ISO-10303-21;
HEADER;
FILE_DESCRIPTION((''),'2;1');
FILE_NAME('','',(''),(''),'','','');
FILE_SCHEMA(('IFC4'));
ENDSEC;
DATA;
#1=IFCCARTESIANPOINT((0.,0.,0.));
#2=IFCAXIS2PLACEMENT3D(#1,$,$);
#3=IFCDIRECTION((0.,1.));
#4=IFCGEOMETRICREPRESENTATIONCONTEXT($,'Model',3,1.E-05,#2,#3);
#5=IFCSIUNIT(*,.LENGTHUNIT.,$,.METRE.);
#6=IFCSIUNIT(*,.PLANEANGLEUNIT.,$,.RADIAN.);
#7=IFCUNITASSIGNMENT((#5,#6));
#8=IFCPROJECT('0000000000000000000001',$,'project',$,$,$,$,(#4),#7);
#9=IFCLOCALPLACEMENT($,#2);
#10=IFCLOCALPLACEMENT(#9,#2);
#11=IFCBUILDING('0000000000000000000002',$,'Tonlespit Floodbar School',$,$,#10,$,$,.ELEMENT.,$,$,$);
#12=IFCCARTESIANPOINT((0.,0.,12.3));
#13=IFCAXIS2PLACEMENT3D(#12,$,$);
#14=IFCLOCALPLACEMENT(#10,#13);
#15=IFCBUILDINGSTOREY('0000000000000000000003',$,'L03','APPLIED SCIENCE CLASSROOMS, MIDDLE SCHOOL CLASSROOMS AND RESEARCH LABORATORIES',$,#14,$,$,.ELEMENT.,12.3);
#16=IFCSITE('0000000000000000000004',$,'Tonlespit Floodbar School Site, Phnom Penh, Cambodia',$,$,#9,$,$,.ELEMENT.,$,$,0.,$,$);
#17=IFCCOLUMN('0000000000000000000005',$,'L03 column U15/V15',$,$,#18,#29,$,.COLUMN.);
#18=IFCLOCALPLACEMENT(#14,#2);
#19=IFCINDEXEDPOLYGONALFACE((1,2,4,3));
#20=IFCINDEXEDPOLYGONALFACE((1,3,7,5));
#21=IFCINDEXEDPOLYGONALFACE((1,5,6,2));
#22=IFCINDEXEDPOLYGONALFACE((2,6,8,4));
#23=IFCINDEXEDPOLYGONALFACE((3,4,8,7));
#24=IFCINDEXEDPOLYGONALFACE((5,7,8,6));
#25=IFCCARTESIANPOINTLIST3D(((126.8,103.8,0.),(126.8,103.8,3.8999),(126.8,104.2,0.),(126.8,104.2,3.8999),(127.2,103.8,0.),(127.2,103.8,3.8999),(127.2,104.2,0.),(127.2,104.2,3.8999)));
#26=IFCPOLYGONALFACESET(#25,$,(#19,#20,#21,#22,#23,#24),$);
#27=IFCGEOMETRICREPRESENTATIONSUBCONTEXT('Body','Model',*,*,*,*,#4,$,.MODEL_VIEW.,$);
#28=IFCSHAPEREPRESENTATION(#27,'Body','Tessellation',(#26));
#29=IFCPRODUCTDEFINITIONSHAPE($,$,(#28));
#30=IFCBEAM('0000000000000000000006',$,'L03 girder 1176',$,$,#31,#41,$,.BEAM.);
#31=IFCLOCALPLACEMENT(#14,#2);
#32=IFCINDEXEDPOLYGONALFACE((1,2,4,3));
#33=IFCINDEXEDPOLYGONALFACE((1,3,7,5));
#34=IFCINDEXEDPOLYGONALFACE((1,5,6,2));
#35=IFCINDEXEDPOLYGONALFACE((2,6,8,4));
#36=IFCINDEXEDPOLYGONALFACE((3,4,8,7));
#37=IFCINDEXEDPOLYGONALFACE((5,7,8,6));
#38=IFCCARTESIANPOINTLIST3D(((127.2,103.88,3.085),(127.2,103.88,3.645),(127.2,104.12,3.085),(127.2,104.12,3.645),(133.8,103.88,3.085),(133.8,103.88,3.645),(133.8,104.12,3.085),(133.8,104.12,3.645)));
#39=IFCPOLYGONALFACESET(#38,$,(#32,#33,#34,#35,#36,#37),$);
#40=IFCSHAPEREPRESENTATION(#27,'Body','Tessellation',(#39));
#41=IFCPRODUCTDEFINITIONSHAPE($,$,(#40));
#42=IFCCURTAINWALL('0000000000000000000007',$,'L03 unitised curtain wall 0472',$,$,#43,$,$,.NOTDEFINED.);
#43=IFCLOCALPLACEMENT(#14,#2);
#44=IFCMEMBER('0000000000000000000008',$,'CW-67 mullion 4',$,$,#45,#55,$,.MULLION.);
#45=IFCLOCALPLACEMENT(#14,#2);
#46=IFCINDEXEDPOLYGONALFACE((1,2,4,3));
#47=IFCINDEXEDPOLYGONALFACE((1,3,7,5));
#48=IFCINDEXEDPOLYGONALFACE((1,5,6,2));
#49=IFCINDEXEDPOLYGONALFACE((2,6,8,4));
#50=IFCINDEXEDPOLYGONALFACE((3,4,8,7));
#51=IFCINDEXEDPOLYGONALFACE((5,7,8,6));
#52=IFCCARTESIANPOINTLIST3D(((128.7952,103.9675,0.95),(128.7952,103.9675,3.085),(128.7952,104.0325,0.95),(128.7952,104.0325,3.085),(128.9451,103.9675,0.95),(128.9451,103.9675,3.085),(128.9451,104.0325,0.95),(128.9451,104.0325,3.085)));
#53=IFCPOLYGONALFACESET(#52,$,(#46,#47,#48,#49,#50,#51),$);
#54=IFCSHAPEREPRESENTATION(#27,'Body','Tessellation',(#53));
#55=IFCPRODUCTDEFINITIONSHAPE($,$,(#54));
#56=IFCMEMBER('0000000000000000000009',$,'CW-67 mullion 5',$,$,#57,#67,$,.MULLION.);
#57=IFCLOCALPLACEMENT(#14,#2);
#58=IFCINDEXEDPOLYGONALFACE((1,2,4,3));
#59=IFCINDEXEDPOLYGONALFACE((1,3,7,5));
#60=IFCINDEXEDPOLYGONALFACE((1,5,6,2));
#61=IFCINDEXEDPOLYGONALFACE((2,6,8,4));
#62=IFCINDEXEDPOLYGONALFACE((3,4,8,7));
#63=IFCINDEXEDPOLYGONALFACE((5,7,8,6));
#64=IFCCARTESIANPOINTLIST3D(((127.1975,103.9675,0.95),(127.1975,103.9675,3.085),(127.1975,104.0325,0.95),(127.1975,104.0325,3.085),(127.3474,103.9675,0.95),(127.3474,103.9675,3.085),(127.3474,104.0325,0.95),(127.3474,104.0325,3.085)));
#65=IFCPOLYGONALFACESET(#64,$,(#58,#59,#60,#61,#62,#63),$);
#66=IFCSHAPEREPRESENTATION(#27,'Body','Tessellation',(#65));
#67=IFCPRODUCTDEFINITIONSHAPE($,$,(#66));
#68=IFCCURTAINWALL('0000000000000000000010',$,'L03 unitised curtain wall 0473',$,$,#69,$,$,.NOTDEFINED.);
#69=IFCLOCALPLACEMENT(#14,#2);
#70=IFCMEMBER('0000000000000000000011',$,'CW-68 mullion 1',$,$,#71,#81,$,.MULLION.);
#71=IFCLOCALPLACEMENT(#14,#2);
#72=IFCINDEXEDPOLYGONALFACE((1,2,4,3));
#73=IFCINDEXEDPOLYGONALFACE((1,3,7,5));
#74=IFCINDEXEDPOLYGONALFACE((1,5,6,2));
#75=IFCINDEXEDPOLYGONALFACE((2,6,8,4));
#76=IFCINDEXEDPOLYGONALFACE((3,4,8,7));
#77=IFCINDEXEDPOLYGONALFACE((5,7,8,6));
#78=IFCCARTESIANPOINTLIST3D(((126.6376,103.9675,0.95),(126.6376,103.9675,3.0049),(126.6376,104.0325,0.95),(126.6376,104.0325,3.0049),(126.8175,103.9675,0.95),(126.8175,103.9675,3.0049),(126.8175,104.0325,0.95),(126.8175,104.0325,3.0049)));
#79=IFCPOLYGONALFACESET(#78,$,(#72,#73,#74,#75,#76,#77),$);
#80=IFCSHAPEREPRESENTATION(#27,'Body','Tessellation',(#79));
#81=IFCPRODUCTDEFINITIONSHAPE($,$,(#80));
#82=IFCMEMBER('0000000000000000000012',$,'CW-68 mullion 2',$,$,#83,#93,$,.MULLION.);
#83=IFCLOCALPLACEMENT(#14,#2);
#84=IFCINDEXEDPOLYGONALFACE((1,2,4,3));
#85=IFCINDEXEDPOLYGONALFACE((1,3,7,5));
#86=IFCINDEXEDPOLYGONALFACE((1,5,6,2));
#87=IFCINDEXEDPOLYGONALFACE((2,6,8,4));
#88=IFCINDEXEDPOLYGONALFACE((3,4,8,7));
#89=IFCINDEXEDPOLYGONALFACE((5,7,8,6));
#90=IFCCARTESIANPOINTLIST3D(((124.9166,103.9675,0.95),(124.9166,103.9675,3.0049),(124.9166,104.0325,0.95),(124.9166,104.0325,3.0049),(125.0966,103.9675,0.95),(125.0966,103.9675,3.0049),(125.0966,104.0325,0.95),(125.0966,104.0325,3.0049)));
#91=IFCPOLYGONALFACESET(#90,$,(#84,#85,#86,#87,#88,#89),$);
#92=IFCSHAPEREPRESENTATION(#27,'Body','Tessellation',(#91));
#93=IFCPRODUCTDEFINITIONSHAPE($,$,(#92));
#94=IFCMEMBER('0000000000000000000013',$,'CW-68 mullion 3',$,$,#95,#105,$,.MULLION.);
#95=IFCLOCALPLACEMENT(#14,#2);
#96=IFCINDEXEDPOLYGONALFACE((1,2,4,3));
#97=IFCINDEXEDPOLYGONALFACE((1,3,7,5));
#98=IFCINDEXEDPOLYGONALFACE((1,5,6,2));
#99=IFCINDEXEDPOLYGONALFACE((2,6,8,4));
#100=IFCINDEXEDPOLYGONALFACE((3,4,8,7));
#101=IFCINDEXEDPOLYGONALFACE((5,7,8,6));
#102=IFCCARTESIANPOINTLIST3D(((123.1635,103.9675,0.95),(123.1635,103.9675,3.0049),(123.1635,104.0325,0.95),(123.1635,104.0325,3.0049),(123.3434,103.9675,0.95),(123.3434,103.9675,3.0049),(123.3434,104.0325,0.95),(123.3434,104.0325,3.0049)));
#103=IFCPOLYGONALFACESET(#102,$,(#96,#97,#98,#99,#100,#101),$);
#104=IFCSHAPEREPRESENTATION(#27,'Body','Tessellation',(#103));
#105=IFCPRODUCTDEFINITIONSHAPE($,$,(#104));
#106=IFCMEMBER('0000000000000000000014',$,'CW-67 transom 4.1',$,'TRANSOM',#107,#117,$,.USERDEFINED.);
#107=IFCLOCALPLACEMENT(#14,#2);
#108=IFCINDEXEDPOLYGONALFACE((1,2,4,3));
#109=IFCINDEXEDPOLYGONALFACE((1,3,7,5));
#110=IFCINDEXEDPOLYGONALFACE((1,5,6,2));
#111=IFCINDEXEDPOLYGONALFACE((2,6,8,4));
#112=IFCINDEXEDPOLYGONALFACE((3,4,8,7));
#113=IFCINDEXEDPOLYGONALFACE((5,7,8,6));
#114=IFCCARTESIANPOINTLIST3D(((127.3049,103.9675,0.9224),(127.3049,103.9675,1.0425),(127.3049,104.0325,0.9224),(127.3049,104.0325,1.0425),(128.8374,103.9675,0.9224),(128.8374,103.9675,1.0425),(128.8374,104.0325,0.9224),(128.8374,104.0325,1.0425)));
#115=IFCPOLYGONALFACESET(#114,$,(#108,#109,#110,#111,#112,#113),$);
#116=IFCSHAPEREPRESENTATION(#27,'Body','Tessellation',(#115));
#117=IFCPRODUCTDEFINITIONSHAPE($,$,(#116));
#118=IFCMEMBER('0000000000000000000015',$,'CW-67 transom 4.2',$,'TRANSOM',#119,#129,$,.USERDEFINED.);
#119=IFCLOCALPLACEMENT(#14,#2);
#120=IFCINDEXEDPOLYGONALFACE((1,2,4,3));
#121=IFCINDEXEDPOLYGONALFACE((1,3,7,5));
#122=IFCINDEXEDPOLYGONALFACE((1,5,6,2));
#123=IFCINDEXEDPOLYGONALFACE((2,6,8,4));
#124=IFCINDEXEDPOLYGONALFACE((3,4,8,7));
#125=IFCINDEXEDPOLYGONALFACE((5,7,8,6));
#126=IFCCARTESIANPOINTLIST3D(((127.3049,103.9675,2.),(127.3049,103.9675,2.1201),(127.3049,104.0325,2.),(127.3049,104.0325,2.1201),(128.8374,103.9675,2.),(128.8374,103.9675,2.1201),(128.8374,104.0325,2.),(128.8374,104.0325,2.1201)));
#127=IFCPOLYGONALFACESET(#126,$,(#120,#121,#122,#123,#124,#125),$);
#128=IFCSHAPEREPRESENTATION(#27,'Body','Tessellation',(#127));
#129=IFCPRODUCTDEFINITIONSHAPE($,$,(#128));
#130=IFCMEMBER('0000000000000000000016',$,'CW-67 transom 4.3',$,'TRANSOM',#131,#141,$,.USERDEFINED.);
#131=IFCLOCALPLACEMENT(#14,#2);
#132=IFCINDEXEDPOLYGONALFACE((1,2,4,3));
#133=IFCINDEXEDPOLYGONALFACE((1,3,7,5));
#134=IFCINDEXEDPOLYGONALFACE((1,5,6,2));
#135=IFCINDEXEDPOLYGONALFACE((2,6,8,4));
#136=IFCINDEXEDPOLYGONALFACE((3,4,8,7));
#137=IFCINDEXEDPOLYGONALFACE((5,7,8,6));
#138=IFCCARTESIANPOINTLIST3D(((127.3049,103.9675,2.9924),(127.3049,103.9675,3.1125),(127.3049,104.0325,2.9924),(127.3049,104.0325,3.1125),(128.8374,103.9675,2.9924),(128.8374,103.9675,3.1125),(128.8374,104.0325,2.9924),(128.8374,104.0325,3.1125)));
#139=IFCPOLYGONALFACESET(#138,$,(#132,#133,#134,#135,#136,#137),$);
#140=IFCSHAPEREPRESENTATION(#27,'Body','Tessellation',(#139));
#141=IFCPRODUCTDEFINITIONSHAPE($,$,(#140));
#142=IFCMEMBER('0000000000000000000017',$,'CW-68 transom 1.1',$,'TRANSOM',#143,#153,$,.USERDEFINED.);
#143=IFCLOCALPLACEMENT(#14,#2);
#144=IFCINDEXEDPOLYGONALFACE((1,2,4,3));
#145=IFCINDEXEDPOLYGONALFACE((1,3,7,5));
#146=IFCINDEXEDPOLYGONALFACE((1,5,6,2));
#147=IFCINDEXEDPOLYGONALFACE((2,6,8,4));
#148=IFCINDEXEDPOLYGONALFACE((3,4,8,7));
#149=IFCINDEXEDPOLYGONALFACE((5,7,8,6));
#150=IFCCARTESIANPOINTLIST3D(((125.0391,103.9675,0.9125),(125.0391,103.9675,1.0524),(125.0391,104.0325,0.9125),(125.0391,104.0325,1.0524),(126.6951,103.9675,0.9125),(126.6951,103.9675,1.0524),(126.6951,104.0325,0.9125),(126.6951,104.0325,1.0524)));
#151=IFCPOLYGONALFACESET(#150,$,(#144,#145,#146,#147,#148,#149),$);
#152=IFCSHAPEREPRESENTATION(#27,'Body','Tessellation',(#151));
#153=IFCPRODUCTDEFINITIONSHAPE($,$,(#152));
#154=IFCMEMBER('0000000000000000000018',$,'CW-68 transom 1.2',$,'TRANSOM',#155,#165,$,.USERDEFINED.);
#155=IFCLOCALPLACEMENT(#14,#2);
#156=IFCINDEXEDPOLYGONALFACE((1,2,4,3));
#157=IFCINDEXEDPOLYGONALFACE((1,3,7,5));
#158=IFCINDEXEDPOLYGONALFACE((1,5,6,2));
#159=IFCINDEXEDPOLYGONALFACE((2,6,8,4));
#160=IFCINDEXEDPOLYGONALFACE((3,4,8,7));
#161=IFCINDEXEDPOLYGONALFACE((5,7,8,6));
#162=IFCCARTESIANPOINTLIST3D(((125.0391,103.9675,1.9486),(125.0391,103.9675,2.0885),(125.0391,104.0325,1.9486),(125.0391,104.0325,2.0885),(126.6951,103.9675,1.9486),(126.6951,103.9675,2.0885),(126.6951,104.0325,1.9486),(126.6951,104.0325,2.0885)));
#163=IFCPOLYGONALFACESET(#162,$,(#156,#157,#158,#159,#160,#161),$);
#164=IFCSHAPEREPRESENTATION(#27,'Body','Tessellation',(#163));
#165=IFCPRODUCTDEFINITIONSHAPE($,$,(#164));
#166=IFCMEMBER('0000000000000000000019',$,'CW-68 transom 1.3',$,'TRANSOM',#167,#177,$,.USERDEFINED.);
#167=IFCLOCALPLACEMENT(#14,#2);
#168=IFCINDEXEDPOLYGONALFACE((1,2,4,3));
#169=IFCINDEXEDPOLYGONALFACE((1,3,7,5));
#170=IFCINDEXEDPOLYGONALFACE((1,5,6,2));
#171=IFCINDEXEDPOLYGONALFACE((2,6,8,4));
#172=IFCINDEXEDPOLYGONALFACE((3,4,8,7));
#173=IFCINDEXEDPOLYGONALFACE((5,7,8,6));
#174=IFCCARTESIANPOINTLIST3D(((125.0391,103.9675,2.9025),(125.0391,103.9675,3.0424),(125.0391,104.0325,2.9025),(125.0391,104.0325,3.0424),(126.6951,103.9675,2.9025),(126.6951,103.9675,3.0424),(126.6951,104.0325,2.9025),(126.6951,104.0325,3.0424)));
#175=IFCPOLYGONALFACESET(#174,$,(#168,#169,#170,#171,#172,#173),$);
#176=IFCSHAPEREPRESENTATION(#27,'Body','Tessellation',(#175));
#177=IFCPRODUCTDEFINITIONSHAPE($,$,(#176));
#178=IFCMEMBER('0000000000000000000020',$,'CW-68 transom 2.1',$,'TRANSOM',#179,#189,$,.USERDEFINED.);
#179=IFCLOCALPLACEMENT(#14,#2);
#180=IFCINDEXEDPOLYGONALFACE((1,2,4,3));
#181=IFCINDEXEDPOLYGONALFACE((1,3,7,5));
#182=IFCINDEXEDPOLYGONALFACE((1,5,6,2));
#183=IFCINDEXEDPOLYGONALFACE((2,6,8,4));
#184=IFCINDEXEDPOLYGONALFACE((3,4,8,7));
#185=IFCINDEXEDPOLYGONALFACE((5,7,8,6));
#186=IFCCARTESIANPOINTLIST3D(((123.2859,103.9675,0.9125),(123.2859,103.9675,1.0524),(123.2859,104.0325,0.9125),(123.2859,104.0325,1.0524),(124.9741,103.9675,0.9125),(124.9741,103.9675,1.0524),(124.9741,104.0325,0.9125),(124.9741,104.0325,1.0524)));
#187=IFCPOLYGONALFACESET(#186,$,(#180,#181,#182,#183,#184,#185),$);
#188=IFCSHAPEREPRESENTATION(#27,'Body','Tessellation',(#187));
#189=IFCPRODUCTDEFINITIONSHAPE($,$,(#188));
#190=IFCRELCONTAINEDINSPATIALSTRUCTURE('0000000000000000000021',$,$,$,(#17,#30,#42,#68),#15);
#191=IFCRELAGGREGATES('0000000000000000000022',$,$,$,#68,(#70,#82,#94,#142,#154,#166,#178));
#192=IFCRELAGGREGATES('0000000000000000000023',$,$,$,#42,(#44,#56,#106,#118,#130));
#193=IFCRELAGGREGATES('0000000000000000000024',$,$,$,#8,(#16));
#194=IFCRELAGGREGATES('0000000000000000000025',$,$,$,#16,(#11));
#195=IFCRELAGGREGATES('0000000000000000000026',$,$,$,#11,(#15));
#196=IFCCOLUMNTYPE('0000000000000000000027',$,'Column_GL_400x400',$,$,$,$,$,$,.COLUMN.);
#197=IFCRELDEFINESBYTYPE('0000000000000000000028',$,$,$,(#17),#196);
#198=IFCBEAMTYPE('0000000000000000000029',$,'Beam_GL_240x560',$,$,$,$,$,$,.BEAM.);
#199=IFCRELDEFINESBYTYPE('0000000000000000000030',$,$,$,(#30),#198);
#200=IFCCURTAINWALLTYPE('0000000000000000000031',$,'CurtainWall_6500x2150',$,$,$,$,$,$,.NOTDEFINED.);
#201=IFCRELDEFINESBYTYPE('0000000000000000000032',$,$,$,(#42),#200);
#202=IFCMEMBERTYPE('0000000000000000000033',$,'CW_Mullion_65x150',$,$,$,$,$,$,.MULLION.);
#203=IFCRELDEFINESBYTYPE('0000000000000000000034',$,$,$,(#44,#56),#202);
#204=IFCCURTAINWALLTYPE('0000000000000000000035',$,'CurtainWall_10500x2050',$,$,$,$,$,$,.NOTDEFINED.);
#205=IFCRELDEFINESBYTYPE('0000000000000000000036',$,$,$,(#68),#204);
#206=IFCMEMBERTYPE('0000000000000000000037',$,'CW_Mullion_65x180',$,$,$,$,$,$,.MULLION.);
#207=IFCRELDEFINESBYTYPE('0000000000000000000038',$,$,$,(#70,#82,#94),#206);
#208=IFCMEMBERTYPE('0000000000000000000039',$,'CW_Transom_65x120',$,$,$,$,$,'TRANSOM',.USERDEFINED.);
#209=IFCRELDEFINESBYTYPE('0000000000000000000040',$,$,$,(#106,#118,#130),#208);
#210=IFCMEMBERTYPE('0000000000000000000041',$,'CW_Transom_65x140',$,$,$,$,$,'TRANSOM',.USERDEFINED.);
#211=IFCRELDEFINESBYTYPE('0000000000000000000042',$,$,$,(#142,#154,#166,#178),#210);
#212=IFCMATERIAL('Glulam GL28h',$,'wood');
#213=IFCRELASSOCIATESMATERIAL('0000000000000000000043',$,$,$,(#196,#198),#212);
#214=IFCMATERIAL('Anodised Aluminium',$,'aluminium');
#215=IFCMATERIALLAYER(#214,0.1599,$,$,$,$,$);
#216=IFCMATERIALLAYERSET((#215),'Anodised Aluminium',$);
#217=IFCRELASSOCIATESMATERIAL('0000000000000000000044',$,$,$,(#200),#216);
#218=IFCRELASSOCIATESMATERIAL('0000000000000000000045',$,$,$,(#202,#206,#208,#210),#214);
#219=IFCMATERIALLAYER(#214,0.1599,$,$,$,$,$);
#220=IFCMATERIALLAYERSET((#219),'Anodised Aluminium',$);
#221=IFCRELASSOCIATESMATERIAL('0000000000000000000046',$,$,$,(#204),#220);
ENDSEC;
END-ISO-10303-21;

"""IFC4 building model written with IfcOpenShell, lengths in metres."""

from ifc_helpers import new_model, si_unit, direction, frame, origin, origin_2d, place, context, subcontext, project, spatial, rectangle, extrude, material, layer, layer_set, material_profile, profile_set, type_object, element, aggregate, save


model = new_model("IFC4")

# Units and contexts
model_context = context("Model", 3, precision=1e-05, world=origin(), true_north=direction((0.0, 1.0)))
body_context = subcontext(model_context, "Body", "Model", "MODEL_VIEW")
ifc_project = project(units=[si_unit("LENGTHUNIT", "METRE"), si_unit("PLANEANGLEUNIT", "RADIAN")], contexts=[model_context])

# Site, building, storey
site_placement = place(None, origin())
site = spatial("IfcSite", under=ifc_project, at=site_placement, Name="Tonlespit Floodbar School Site, Phnom Penh, Cambodia", CompositionType="ELEMENT", RefElevation=0.0)
building_placement = place(site_placement, origin())
building = spatial("IfcBuilding", under=site, at=building_placement, Name="Tonlespit Floodbar School", CompositionType="ELEMENT")
storey_placement = place(building_placement, frame((0.0, 0.0, 12.3)))
storey = spatial("IfcBuildingStorey", under=building, at=storey_placement, Name="L03", Description="APPLIED SCIENCE CLASSROOMS, MIDDLE SCHOOL CLASSROOMS AND RESEARCH LABORATORIES", CompositionType="ELEMENT", Elevation=12.3)

# Column
ifc_material_1 = material(Name="Glulam GL28h", Category="wood")
ifc_material_profile_1 = material_profile(ifc_material_1, rectangle(XDim=0.3999, YDim=0.3999, at=origin_2d()), Name="GL 400x400")
ifc_profile_set_1 = profile_set([ifc_material_profile_1], Name="Glulam GL28h")
column_type = type_object("IfcColumnType", Name="Column_GL_400x400", PredefinedType="COLUMN", material=ifc_profile_set_1)
column_placement = place(storey_placement, frame((127.0, 104.0, 0.0), z_axis=(0.0, 0.0, 1.0), x_axis=(1.0, 0.0, 0.0)))
element("IfcColumn", 1, at=column_placement, inside=storey, type_object=column_type, Name="L03 column U15/V15", PredefinedType="COLUMN", context=body_context, shape_type="SweptSolid", body=[
    extrude(rectangle(XDim=0.3999, YDim=0.3999, at=origin_2d()), origin(), (0.0, 0.0, 1.0), 3.8999),
])

# Beam
ifc_material_profile_2 = material_profile(ifc_material_1, rectangle(XDim=0.24, YDim=0.5601, at=origin_2d()), Name="GL 240x560")
ifc_profile_set_2 = profile_set([ifc_material_profile_2], Name="Glulam GL28h")
beam_type = type_object("IfcBeamType", Name="Beam_GL_240x560", PredefinedType="BEAM", material=ifc_profile_set_2)
beam_placement = place(storey_placement, frame((127.2, 104.0, 3.365), z_axis=(1.0, 0.0, 0.0), x_axis=(0.0, 1.0, 0.0)))
element("IfcBeam", 2, at=beam_placement, inside=storey, type_object=beam_type, Name="L03 girder 1176", PredefinedType="BEAM", context=body_context, shape_type="SweptSolid", body=[
    extrude(rectangle(XDim=0.24, YDim=0.5601, at=origin_2d()), origin(), (0.0, 0.0, 1.0), 6.6001),
])

# Curtain walls, members
ifc_material_2 = material(Name="Anodised Aluminium", Category="aluminium")
ifc_layer_1 = layer(ifc_material_2, 0.1599)
ifc_layer_set_1 = layer_set([ifc_layer_1], Name="Anodised Aluminium")
curtain_wall_type_1 = type_object("IfcCurtainWallType", Name="CurtainWall_6500x2150", PredefinedType="NOTDEFINED", material=ifc_layer_set_1)
curtain_wall_1_placement = place(storey_placement, origin())
curtain_wall_1 = element("IfcCurtainWall", 3, at=curtain_wall_1_placement, inside=storey, type_object=curtain_wall_type_1, Name="L03 unitised curtain wall 0472", PredefinedType="NOTDEFINED")
ifc_material_profile_3 = material_profile(ifc_material_2, rectangle(XDim=0.0649, YDim=0.1499, at=origin_2d()), Name="ALU M65x150")
ifc_profile_set_3 = profile_set([ifc_material_profile_3], Name="Anodised Aluminium")
member_type_1 = type_object("IfcMemberType", Name="CW_Mullion_65x150", PredefinedType="MULLION", material=ifc_profile_set_3)
member_1_placement = place(storey_placement, frame((128.8701, 104.0, 0.95), z_axis=(0.0, 0.0, 1.0), x_axis=(0.0, -1.0, 0.0)))
member_1 = element("IfcMember", 4, at=member_1_placement, type_object=member_type_1, Name="CW-67 mullion 4", PredefinedType="MULLION", context=body_context, shape_type="SweptSolid", body=[
    extrude(rectangle(XDim=0.0649, YDim=0.1499, at=origin_2d()), origin(), (0.0, 0.0, 1.0), 2.135),
])
member_2_placement = place(storey_placement, frame((127.2725, 104.0, 0.95), z_axis=(0.0, 0.0, 1.0), x_axis=(0.0, -1.0, 0.0)))
member_2 = element("IfcMember", 5, at=member_2_placement, type_object=member_type_1, Name="CW-67 mullion 5", PredefinedType="MULLION", context=body_context, shape_type="SweptSolid", body=[
    extrude(rectangle(XDim=0.0649, YDim=0.1499, at=origin_2d()), origin(), (0.0, 0.0, 1.0), 2.135),
])
ifc_layer_2 = layer(ifc_material_2, 0.1599)
ifc_layer_set_2 = layer_set([ifc_layer_2], Name="Anodised Aluminium")
curtain_wall_type_2 = type_object("IfcCurtainWallType", Name="CurtainWall_10500x2050", PredefinedType="NOTDEFINED", material=ifc_layer_set_2)
curtain_wall_2_placement = place(storey_placement, origin())
curtain_wall_2 = element("IfcCurtainWall", 6, at=curtain_wall_2_placement, inside=storey, type_object=curtain_wall_type_2, Name="L03 unitised curtain wall 0473", PredefinedType="NOTDEFINED")
ifc_material_profile_4 = material_profile(ifc_material_2, rectangle(XDim=0.0649, YDim=0.1799, at=origin_2d()), Name="ALU M65x180")
ifc_profile_set_4 = profile_set([ifc_material_profile_4], Name="Anodised Aluminium")
member_type_2 = type_object("IfcMemberType", Name="CW_Mullion_65x180", PredefinedType="MULLION", material=ifc_profile_set_4)
member_3_placement = place(storey_placement, frame((126.7275, 104.0, 0.95), z_axis=(0.0, 0.0, 1.0), x_axis=(0.0, -1.0, 0.0)))
member_3 = element("IfcMember", 7, at=member_3_placement, type_object=member_type_2, Name="CW-68 mullion 1", PredefinedType="MULLION", context=body_context, shape_type="SweptSolid", body=[
    extrude(rectangle(XDim=0.0649, YDim=0.1799, at=origin_2d()), origin(), (0.0, 0.0, 1.0), 2.0549),
])
member_4_placement = place(storey_placement, frame((125.0066, 104.0, 0.95), z_axis=(0.0, 0.0, 1.0), x_axis=(0.0, -1.0, 0.0)))
member_4 = element("IfcMember", 8, at=member_4_placement, type_object=member_type_2, Name="CW-68 mullion 2", PredefinedType="MULLION", context=body_context, shape_type="SweptSolid", body=[
    extrude(rectangle(XDim=0.0649, YDim=0.1799, at=origin_2d()), origin(), (0.0, 0.0, 1.0), 2.0549),
])
member_5_placement = place(storey_placement, frame((123.2534, 104.0, 0.95), z_axis=(0.0, 0.0, 1.0), x_axis=(0.0, -1.0, 0.0)))
member_5 = element("IfcMember", 9, at=member_5_placement, type_object=member_type_2, Name="CW-68 mullion 3", PredefinedType="MULLION", context=body_context, shape_type="SweptSolid", body=[
    extrude(rectangle(XDim=0.0649, YDim=0.1799, at=origin_2d()), origin(), (0.0, 0.0, 1.0), 2.0549),
])

# Members
ifc_material_profile_5 = material_profile(ifc_material_2, rectangle(XDim=0.0649, YDim=0.1201, at=origin_2d()), Name="ALU T65x120")
ifc_profile_set_5 = profile_set([ifc_material_profile_5], Name="Anodised Aluminium")
member_type_3 = type_object("IfcMemberType", Name="CW_Transom_65x120", ElementType="TRANSOM", PredefinedType="USERDEFINED", material=ifc_profile_set_5)
member_6_placement = place(storey_placement, frame((128.8374, 104.0, 0.9824), z_axis=(-1.0, 0.0, 0.0), x_axis=(0.0, -1.0, 0.0)))
member_6 = element("IfcMember", 10, at=member_6_placement, type_object=member_type_3, Name="CW-67 transom 4.1", ObjectType="TRANSOM", PredefinedType="USERDEFINED", context=body_context, shape_type="SweptSolid", body=[
    extrude(rectangle(XDim=0.0649, YDim=0.1201, at=origin_2d()), origin(), (0.0, 0.0, 1.0), 1.5325),
])
member_7_placement = place(storey_placement, frame((128.8374, 104.0, 2.0601), z_axis=(-1.0, 0.0, 0.0), x_axis=(0.0, -1.0, 0.0)))
member_7 = element("IfcMember", 11, at=member_7_placement, type_object=member_type_3, Name="CW-67 transom 4.2", ObjectType="TRANSOM", PredefinedType="USERDEFINED", context=body_context, shape_type="SweptSolid", body=[
    extrude(rectangle(XDim=0.0649, YDim=0.1201, at=origin_2d()), origin(), (0.0, 0.0, 1.0), 1.5325),
])
member_8_placement = place(storey_placement, frame((128.8374, 104.0, 3.0525), z_axis=(-1.0, 0.0, 0.0), x_axis=(0.0, -1.0, 0.0)))
member_8 = element("IfcMember", 12, at=member_8_placement, type_object=member_type_3, Name="CW-67 transom 4.3", ObjectType="TRANSOM", PredefinedType="USERDEFINED", context=body_context, shape_type="SweptSolid", body=[
    extrude(rectangle(XDim=0.0649, YDim=0.1201, at=origin_2d()), origin(), (0.0, 0.0, 1.0), 1.5325),
])
ifc_material_profile_6 = material_profile(ifc_material_2, rectangle(XDim=0.0649, YDim=0.1399, at=origin_2d()), Name="ALU T65x140")
ifc_profile_set_6 = profile_set([ifc_material_profile_6], Name="Anodised Aluminium")
member_type_4 = type_object("IfcMemberType", Name="CW_Transom_65x140", ElementType="TRANSOM", PredefinedType="USERDEFINED", material=ifc_profile_set_6)
member_9_placement = place(storey_placement, frame((126.6951, 104.0, 0.9824), z_axis=(-1.0, 0.0, 0.0), x_axis=(0.0, -1.0, 0.0)))
member_9 = element("IfcMember", 13, at=member_9_placement, type_object=member_type_4, Name="CW-68 transom 1.1", ObjectType="TRANSOM", PredefinedType="USERDEFINED", context=body_context, shape_type="SweptSolid", body=[
    extrude(rectangle(XDim=0.0649, YDim=0.1399, at=origin_2d()), origin(), (0.0, 0.0, 1.0), 1.656),
])
member_10_placement = place(storey_placement, frame((126.6951, 104.0, 2.0186), z_axis=(-1.0, 0.0, 0.0), x_axis=(0.0, -1.0, 0.0)))
member_10 = element("IfcMember", 14, at=member_10_placement, type_object=member_type_4, Name="CW-68 transom 1.2", ObjectType="TRANSOM", PredefinedType="USERDEFINED", context=body_context, shape_type="SweptSolid", body=[
    extrude(rectangle(XDim=0.0649, YDim=0.1399, at=origin_2d()), origin(), (0.0, 0.0, 1.0), 1.656),
])
member_11_placement = place(storey_placement, frame((126.6951, 104.0, 2.9724), z_axis=(-1.0, 0.0, 0.0), x_axis=(0.0, -1.0, 0.0)))
member_11 = element("IfcMember", 15, at=member_11_placement, type_object=member_type_4, Name="CW-68 transom 1.3", ObjectType="TRANSOM", PredefinedType="USERDEFINED", context=body_context, shape_type="SweptSolid", body=[
    extrude(rectangle(XDim=0.0649, YDim=0.1399, at=origin_2d()), origin(), (0.0, 0.0, 1.0), 1.656),
])
member_12_placement = place(storey_placement, frame((124.9741, 104.0, 0.9824), z_axis=(-1.0, 0.0, 0.0), x_axis=(0.0, -1.0, 0.0)))
member_12 = element("IfcMember", 16, at=member_12_placement, type_object=member_type_4, Name="CW-68 transom 2.1", ObjectType="TRANSOM", PredefinedType="USERDEFINED", context=body_context, shape_type="SweptSolid", body=[
    extrude(rectangle(XDim=0.0649, YDim=0.1399, at=origin_2d()), origin(), (0.0, 0.0, 1.0), 1.6882),
])

aggregate(curtain_wall_2, [member_3, member_4, member_5, member_9, member_10, member_11, member_12])
aggregate(curtain_wall_1, [member_1, member_2, member_6, member_7, member_8])

save(model, "model.ifc")
